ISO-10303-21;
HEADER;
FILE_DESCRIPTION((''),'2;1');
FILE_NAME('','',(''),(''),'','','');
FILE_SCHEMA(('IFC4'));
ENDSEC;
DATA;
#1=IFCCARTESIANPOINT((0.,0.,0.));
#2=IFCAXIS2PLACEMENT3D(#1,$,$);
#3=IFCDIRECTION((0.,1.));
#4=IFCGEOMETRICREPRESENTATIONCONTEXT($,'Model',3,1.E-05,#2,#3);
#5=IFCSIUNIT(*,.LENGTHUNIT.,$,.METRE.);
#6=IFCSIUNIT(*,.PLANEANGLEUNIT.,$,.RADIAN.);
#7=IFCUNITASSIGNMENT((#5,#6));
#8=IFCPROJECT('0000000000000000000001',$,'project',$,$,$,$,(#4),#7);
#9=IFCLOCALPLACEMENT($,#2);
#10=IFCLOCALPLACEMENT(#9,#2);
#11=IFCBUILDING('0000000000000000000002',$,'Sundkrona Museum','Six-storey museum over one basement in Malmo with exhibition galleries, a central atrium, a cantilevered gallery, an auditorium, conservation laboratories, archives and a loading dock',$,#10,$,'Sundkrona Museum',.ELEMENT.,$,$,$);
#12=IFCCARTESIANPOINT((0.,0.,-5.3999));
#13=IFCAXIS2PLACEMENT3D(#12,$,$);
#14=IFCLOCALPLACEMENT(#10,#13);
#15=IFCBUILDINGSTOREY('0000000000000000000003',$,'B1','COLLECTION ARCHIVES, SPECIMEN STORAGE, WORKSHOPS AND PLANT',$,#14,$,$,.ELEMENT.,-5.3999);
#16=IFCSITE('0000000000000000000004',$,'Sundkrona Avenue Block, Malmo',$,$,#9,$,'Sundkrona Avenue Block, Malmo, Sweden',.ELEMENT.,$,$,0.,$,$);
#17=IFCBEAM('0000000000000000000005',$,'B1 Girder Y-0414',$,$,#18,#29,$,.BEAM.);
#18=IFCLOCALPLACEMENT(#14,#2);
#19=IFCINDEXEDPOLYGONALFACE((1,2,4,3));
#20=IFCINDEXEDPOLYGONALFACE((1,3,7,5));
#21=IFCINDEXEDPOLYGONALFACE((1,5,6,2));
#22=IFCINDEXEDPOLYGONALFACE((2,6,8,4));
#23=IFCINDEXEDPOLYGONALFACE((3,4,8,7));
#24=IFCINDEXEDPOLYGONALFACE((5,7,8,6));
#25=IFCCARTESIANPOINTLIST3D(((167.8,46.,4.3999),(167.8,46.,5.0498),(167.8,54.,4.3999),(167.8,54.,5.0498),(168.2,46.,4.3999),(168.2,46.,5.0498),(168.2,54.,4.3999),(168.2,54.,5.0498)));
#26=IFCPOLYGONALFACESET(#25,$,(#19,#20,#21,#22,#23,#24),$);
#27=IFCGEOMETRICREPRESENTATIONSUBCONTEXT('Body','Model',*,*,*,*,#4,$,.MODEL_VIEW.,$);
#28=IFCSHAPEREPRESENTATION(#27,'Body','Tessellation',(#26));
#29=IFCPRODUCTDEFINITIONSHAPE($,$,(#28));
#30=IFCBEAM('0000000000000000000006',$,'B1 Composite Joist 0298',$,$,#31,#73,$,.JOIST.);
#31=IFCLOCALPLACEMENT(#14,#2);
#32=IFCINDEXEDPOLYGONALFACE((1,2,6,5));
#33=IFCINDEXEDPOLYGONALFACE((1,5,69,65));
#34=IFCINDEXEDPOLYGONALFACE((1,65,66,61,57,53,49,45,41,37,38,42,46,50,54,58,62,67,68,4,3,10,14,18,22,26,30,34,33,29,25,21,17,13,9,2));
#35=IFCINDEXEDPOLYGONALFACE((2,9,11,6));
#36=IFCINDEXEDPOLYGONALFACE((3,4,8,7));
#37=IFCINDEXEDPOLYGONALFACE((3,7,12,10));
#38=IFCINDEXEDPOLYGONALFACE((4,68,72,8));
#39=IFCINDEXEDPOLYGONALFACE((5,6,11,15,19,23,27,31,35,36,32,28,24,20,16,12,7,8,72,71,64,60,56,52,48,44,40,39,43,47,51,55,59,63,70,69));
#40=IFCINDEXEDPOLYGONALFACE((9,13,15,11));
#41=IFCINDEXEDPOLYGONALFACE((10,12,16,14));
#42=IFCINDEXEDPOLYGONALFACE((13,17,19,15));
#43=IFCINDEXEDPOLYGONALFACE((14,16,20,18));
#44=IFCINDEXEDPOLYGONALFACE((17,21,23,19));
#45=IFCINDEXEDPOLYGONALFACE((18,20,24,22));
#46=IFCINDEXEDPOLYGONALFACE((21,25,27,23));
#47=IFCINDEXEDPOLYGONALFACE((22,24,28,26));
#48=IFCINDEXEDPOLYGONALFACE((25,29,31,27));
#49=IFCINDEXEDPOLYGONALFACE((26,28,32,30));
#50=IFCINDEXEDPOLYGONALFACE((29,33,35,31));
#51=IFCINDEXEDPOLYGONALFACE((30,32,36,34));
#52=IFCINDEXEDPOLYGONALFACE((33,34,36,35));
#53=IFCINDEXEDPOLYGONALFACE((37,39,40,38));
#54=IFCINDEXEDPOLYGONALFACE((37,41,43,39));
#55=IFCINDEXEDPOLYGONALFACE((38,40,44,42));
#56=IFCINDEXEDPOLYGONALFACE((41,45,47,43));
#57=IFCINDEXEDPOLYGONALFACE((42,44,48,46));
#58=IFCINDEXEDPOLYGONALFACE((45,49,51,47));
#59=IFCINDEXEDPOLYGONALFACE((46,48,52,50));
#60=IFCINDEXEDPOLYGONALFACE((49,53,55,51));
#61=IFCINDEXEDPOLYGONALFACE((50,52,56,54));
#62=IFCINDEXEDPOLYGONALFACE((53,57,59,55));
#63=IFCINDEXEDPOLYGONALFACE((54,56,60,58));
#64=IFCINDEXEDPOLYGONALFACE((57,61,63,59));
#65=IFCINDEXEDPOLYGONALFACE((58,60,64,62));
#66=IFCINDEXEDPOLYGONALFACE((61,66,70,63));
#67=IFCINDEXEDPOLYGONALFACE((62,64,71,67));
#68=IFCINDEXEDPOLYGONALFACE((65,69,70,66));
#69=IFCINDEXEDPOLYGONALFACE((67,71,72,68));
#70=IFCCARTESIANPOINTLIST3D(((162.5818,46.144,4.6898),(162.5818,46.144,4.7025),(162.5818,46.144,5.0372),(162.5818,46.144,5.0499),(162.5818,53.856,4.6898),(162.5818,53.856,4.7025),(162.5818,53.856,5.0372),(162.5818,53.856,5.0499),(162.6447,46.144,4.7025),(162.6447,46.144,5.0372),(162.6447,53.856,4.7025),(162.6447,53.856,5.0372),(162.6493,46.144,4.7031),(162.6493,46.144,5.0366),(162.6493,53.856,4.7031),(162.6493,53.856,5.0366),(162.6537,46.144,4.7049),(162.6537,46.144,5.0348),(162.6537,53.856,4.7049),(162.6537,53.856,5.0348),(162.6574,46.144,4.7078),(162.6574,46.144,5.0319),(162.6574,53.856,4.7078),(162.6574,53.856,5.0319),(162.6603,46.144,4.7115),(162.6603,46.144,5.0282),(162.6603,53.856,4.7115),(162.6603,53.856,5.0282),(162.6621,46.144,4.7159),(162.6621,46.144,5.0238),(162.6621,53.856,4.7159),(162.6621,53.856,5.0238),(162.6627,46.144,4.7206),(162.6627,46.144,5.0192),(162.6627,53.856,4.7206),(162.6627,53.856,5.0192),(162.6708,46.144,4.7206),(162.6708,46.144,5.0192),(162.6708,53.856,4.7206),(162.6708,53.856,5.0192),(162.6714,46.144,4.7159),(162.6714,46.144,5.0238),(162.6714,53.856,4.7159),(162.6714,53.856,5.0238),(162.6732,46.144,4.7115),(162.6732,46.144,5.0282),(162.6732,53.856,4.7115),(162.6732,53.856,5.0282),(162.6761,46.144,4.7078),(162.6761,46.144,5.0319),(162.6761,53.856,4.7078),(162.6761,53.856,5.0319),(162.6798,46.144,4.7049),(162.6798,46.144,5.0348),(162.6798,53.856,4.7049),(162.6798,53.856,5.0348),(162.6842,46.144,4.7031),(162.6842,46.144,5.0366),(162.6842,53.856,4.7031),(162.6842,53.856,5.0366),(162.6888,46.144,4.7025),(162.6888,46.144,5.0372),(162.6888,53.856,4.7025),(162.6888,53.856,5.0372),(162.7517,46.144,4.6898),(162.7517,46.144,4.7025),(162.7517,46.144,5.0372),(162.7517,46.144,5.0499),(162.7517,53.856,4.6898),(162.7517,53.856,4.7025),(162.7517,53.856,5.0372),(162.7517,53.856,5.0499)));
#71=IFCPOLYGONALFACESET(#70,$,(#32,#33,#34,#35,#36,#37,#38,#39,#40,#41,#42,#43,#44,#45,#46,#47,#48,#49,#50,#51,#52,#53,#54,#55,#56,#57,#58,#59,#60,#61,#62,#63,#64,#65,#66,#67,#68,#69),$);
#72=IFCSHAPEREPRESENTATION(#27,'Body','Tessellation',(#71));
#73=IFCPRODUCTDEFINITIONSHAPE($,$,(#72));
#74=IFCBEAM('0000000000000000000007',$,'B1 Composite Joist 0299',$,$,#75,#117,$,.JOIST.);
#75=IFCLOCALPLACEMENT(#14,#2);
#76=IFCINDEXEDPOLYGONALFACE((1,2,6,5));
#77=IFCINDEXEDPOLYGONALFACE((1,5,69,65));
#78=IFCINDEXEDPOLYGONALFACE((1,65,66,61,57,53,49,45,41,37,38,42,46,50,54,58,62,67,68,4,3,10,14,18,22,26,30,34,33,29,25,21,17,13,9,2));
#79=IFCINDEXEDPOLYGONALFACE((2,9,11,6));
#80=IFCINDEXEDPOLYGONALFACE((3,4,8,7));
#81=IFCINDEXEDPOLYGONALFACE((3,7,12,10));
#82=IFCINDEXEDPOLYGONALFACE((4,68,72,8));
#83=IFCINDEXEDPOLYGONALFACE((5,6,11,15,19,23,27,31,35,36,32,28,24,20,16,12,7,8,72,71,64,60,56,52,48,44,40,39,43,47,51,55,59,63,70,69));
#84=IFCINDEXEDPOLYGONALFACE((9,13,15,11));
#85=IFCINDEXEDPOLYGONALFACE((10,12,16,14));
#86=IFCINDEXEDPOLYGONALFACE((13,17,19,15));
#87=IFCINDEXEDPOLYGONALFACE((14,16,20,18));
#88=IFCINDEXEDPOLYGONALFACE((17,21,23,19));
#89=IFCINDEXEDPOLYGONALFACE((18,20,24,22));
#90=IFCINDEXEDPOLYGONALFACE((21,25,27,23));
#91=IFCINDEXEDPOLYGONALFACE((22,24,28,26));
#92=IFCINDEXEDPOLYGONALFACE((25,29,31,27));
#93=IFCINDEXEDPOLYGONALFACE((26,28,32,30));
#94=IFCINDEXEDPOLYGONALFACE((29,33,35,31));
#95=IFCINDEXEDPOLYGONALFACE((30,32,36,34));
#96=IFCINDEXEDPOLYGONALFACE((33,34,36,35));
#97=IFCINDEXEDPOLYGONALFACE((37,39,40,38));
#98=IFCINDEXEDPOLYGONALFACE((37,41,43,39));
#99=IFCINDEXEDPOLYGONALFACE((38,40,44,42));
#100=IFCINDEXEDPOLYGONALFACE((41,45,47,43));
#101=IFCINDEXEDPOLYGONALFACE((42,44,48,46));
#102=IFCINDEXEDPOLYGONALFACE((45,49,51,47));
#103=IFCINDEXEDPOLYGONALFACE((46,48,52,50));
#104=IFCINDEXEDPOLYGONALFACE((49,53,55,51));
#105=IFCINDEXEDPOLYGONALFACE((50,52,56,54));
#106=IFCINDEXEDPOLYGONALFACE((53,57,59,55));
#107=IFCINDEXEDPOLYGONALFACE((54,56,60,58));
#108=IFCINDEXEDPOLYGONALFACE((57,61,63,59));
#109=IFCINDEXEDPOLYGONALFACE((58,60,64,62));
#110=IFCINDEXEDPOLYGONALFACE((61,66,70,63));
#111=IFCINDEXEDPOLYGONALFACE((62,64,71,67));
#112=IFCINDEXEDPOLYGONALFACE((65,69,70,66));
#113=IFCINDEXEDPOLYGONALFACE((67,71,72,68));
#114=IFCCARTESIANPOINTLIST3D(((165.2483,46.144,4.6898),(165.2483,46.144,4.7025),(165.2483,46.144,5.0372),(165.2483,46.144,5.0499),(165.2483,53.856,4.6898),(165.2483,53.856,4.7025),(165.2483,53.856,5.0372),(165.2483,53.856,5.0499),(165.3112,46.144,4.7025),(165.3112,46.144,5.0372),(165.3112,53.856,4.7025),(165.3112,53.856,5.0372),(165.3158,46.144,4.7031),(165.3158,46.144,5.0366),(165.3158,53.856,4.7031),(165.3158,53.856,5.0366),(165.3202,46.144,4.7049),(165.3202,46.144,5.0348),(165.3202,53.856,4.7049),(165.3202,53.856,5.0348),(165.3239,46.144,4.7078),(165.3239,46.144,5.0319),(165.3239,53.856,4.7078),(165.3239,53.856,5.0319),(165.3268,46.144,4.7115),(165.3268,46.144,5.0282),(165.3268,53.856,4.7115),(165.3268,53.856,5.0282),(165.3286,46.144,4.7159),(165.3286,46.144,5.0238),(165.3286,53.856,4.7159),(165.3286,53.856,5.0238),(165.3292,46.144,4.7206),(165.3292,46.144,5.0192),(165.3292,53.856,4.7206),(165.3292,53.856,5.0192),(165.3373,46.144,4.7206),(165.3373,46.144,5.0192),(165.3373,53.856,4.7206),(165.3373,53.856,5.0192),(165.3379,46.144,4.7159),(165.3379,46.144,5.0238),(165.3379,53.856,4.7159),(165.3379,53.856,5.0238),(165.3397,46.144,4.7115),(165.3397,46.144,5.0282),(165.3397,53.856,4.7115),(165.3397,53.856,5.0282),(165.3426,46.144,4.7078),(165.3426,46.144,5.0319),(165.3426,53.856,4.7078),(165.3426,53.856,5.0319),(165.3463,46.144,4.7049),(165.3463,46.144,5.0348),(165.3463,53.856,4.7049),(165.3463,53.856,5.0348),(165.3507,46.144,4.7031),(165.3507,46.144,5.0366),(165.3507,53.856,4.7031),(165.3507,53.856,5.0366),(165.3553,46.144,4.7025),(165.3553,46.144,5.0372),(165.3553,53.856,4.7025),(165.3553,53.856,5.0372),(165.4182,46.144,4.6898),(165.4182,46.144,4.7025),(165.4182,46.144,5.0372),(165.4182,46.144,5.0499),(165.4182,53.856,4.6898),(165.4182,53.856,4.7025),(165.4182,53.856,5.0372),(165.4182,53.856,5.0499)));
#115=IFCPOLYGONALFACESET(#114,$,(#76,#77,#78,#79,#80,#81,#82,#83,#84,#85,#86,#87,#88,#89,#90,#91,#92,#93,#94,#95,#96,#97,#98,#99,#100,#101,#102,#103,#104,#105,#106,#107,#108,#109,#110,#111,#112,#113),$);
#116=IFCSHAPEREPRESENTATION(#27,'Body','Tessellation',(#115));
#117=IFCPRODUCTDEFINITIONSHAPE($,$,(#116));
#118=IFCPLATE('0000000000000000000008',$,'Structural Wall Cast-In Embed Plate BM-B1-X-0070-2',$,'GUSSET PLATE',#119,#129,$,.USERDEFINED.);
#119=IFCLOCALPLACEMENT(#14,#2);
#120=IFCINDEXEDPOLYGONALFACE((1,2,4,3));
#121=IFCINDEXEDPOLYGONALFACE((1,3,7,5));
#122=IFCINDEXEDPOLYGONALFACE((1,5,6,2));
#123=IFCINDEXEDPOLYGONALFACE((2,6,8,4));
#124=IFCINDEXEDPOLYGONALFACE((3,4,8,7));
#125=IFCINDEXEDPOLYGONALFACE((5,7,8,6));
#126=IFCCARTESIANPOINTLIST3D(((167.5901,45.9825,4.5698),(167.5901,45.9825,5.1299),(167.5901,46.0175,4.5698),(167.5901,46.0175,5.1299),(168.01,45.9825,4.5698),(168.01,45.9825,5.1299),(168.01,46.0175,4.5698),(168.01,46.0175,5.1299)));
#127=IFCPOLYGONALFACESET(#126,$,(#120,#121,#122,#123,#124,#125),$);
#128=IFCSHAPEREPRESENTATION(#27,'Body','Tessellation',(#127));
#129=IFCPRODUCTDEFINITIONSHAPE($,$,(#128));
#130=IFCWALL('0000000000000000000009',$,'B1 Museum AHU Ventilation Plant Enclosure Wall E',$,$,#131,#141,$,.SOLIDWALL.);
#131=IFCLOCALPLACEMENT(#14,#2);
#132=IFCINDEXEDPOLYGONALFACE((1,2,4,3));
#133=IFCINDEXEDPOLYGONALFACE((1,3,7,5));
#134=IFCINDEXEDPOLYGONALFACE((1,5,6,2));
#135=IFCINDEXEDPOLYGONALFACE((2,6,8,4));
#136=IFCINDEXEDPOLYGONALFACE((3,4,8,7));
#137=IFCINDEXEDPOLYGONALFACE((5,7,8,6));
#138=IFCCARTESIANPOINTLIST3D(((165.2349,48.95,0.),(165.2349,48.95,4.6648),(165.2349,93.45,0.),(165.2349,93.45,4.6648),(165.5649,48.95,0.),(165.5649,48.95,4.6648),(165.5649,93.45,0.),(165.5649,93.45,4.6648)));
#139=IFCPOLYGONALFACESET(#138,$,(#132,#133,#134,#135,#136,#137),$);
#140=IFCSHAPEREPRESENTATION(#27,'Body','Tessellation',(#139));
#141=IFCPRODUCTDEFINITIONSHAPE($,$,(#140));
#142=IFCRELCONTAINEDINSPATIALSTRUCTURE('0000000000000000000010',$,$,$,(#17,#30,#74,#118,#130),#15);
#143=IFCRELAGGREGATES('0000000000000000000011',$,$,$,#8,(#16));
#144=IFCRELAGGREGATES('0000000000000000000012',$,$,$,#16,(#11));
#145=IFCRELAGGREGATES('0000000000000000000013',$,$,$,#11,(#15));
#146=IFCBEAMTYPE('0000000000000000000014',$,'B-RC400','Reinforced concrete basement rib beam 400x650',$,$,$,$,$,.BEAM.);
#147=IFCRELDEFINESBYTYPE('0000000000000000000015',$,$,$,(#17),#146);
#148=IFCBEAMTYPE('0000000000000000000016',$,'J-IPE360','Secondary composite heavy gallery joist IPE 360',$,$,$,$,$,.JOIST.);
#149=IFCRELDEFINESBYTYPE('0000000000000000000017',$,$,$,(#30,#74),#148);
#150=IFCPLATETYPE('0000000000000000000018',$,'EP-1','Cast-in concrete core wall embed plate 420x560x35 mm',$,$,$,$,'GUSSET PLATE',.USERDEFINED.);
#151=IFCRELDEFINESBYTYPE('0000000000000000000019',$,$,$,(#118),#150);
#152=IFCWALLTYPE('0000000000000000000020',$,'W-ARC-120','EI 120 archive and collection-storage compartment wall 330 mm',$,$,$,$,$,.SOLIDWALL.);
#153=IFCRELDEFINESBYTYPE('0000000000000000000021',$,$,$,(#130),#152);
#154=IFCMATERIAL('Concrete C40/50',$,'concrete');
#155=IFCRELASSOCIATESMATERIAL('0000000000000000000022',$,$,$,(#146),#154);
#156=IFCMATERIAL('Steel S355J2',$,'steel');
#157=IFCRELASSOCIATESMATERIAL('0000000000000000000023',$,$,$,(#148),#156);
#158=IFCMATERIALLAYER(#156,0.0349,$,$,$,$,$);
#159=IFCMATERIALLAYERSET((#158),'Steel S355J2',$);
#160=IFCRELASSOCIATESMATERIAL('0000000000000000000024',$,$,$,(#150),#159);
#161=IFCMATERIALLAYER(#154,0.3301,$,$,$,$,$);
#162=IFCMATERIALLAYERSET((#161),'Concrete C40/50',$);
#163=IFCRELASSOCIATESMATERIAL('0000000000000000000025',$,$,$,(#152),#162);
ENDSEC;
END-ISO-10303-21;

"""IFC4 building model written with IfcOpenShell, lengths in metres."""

from ifc_helpers import new_model, si_unit, direction, frame, frame_2d, origin, origin_2d, place, context, subcontext, project, spatial, rectangle, i_section, extrude, material, layer, layer_set, material_profile, profile_set, type_object, element, save


model = new_model("IFC4")

# Units and contexts
model_context = context("Model", 3, precision=1e-05, world=origin(), true_north=direction((0.0, 1.0)))
body_context = subcontext(model_context, "Body", "Model", "MODEL_VIEW")
ifc_project = project(units=[si_unit("LENGTHUNIT", "METRE"), si_unit("PLANEANGLEUNIT", "RADIAN")], contexts=[model_context])

# Site, building, storey
site_placement = place(None, origin())
site = spatial("IfcSite", under=ifc_project, at=site_placement, Name="Sundkrona Avenue Block, Malmo", LongName="Sundkrona Avenue Block, Malmo, Sweden", CompositionType="ELEMENT", RefElevation=0.0)
building_placement = place(site_placement, origin())
building = spatial("IfcBuilding", under=site, at=building_placement, Name="Sundkrona Museum", Description="Six-storey museum over one basement in Malmo with exhibition galleries, a central atrium, a cantilevered gallery, an auditorium, conservation laboratories, archives and a loading dock", LongName="Sundkrona Museum", CompositionType="ELEMENT")
storey_placement = place(building_placement, frame((0.0, 0.0, -5.3999)))
storey = spatial("IfcBuildingStorey", under=building, at=storey_placement, Name="B1", Description="COLLECTION ARCHIVES, SPECIMEN STORAGE, WORKSHOPS AND PLANT", CompositionType="ELEMENT", Elevation=-5.3999)

# Shared definitions
ifc_material_1 = material(Name="Concrete C40/50", Category="concrete")

# Beams
ifc_material_2 = material(Name="Steel S355J2", Category="steel")
ifc_material_profile_1 = material_profile(ifc_material_1, rectangle(XDim=0.3999, YDim=0.6499, at=origin_2d()), Name="RCB 400x650")
ifc_profile_set_1 = profile_set([ifc_material_profile_1], Name="Concrete C40/50")
beam_type_1 = type_object("IfcBeamType", Name="B-RC400", Description="Reinforced concrete basement rib beam 400x650", PredefinedType="BEAM", material=ifc_profile_set_1)
beam_placement = place(storey_placement, frame((168.0, 46.0, 4.7249), z_axis=(0.0, 1.0, 0.0), x_axis=(-1.0, 0.0, 0.0)))
element("IfcBeam", 1, at=beam_placement, inside=storey, type_object=beam_type_1, Name="B1 Girder Y-0414", PredefinedType="BEAM", context=body_context, shape_type="SweptSolid", body=[
    extrude(rectangle(XDim=0.3999, YDim=0.6499, at=origin_2d()), origin(), (0.0, 0.0, 1.0), 8.0),
])
ifc_material_profile_2 = material_profile(ifc_material_2, i_section(OverallWidth=0.1699, OverallDepth=0.3601, WebThickness=0.0081, FlangeThickness=0.0127, FilletRadius=0.0181, at=origin_2d()), Name="IPE 360")
ifc_profile_set_2 = profile_set([ifc_material_profile_2], Name="Steel S355J2")
beam_type_2 = type_object("IfcBeamType", Name="J-IPE360", Description="Secondary composite heavy gallery joist IPE 360", PredefinedType="JOIST", material=ifc_profile_set_2)
for number, where, z_axis, x_axis, name in (
    (2, (162.6667, 46.144, 4.8699), (0.0, 1.0, 0.0), (-1.0, 0.0, 0.0), "B1 Composite Joist 0298"),
    (3, (165.3333, 46.144, 4.8699), (0.0, 1.0, 0.0), (-1.0, 0.0, 0.0), "B1 Composite Joist 0299"),
):
    element("IfcBeam", number, at=place(storey_placement, frame(where, z_axis=z_axis, x_axis=x_axis)), inside=storey, type_object=beam_type_2, Name=name, PredefinedType="JOIST", context=body_context, shape_type="SweptSolid", body=[
        extrude(i_section(OverallWidth=0.1699, OverallDepth=0.3601, WebThickness=0.0081, FlangeThickness=0.0127, FilletRadius=0.0181, at=origin_2d()), origin(), (0.0, 0.0, 1.0), 7.7119),
    ])

# Plate
ifc_layer_1 = layer(ifc_material_2, 0.0349)
ifc_layer_set_1 = layer_set([ifc_layer_1], Name="Steel S355J2")
plate_type = type_object("IfcPlateType", Name="EP-1", Description="Cast-in concrete core wall embed plate 420x560x35 mm", ElementType="GUSSET PLATE", PredefinedType="USERDEFINED", material=ifc_layer_set_1)
plate_placement = place(storey_placement, frame((167.8, 46.0, 4.5698), z_axis=(0.0, 0.0, 1.0), x_axis=(1.0, 0.0, 0.0)))
element("IfcPlate", 4, at=plate_placement, inside=storey, type_object=plate_type, Name="Structural Wall Cast-In Embed Plate BM-B1-X-0070-2", ObjectType="GUSSET PLATE", PredefinedType="USERDEFINED", context=body_context, shape_type="SweptSolid", body=[
    extrude(rectangle(XDim=0.4199, YDim=0.0349, at=origin_2d()), origin(), (0.0, 0.0, 1.0), 0.5601),
])

# Wall
ifc_layer_2 = layer(ifc_material_1, 0.3301)
ifc_layer_set_2 = layer_set([ifc_layer_2], Name="Concrete C40/50")
wall_type = type_object("IfcWallType", Name="W-ARC-120", Description="EI 120 archive and collection-storage compartment wall 330 mm", PredefinedType="SOLIDWALL", material=ifc_layer_set_2)
wall_placement = place(storey_placement, frame((165.3999, 48.95, 0.0), z_axis=(0.0, 0.0, 1.0), x_axis=(0.0, 1.0, 0.0)))
element("IfcWall", 5, at=wall_placement, inside=storey, type_object=wall_type, Name="B1 Museum AHU Ventilation Plant Enclosure Wall E", PredefinedType="SOLIDWALL", context=body_context, shape_type="SweptSolid", body=[
    extrude(rectangle(XDim=44.5, YDim=0.3301, at=frame_2d((22.25, 0.0))), origin(), (0.0, 0.0, 1.0), 4.6648),
])

save(model, "model.ifc")
